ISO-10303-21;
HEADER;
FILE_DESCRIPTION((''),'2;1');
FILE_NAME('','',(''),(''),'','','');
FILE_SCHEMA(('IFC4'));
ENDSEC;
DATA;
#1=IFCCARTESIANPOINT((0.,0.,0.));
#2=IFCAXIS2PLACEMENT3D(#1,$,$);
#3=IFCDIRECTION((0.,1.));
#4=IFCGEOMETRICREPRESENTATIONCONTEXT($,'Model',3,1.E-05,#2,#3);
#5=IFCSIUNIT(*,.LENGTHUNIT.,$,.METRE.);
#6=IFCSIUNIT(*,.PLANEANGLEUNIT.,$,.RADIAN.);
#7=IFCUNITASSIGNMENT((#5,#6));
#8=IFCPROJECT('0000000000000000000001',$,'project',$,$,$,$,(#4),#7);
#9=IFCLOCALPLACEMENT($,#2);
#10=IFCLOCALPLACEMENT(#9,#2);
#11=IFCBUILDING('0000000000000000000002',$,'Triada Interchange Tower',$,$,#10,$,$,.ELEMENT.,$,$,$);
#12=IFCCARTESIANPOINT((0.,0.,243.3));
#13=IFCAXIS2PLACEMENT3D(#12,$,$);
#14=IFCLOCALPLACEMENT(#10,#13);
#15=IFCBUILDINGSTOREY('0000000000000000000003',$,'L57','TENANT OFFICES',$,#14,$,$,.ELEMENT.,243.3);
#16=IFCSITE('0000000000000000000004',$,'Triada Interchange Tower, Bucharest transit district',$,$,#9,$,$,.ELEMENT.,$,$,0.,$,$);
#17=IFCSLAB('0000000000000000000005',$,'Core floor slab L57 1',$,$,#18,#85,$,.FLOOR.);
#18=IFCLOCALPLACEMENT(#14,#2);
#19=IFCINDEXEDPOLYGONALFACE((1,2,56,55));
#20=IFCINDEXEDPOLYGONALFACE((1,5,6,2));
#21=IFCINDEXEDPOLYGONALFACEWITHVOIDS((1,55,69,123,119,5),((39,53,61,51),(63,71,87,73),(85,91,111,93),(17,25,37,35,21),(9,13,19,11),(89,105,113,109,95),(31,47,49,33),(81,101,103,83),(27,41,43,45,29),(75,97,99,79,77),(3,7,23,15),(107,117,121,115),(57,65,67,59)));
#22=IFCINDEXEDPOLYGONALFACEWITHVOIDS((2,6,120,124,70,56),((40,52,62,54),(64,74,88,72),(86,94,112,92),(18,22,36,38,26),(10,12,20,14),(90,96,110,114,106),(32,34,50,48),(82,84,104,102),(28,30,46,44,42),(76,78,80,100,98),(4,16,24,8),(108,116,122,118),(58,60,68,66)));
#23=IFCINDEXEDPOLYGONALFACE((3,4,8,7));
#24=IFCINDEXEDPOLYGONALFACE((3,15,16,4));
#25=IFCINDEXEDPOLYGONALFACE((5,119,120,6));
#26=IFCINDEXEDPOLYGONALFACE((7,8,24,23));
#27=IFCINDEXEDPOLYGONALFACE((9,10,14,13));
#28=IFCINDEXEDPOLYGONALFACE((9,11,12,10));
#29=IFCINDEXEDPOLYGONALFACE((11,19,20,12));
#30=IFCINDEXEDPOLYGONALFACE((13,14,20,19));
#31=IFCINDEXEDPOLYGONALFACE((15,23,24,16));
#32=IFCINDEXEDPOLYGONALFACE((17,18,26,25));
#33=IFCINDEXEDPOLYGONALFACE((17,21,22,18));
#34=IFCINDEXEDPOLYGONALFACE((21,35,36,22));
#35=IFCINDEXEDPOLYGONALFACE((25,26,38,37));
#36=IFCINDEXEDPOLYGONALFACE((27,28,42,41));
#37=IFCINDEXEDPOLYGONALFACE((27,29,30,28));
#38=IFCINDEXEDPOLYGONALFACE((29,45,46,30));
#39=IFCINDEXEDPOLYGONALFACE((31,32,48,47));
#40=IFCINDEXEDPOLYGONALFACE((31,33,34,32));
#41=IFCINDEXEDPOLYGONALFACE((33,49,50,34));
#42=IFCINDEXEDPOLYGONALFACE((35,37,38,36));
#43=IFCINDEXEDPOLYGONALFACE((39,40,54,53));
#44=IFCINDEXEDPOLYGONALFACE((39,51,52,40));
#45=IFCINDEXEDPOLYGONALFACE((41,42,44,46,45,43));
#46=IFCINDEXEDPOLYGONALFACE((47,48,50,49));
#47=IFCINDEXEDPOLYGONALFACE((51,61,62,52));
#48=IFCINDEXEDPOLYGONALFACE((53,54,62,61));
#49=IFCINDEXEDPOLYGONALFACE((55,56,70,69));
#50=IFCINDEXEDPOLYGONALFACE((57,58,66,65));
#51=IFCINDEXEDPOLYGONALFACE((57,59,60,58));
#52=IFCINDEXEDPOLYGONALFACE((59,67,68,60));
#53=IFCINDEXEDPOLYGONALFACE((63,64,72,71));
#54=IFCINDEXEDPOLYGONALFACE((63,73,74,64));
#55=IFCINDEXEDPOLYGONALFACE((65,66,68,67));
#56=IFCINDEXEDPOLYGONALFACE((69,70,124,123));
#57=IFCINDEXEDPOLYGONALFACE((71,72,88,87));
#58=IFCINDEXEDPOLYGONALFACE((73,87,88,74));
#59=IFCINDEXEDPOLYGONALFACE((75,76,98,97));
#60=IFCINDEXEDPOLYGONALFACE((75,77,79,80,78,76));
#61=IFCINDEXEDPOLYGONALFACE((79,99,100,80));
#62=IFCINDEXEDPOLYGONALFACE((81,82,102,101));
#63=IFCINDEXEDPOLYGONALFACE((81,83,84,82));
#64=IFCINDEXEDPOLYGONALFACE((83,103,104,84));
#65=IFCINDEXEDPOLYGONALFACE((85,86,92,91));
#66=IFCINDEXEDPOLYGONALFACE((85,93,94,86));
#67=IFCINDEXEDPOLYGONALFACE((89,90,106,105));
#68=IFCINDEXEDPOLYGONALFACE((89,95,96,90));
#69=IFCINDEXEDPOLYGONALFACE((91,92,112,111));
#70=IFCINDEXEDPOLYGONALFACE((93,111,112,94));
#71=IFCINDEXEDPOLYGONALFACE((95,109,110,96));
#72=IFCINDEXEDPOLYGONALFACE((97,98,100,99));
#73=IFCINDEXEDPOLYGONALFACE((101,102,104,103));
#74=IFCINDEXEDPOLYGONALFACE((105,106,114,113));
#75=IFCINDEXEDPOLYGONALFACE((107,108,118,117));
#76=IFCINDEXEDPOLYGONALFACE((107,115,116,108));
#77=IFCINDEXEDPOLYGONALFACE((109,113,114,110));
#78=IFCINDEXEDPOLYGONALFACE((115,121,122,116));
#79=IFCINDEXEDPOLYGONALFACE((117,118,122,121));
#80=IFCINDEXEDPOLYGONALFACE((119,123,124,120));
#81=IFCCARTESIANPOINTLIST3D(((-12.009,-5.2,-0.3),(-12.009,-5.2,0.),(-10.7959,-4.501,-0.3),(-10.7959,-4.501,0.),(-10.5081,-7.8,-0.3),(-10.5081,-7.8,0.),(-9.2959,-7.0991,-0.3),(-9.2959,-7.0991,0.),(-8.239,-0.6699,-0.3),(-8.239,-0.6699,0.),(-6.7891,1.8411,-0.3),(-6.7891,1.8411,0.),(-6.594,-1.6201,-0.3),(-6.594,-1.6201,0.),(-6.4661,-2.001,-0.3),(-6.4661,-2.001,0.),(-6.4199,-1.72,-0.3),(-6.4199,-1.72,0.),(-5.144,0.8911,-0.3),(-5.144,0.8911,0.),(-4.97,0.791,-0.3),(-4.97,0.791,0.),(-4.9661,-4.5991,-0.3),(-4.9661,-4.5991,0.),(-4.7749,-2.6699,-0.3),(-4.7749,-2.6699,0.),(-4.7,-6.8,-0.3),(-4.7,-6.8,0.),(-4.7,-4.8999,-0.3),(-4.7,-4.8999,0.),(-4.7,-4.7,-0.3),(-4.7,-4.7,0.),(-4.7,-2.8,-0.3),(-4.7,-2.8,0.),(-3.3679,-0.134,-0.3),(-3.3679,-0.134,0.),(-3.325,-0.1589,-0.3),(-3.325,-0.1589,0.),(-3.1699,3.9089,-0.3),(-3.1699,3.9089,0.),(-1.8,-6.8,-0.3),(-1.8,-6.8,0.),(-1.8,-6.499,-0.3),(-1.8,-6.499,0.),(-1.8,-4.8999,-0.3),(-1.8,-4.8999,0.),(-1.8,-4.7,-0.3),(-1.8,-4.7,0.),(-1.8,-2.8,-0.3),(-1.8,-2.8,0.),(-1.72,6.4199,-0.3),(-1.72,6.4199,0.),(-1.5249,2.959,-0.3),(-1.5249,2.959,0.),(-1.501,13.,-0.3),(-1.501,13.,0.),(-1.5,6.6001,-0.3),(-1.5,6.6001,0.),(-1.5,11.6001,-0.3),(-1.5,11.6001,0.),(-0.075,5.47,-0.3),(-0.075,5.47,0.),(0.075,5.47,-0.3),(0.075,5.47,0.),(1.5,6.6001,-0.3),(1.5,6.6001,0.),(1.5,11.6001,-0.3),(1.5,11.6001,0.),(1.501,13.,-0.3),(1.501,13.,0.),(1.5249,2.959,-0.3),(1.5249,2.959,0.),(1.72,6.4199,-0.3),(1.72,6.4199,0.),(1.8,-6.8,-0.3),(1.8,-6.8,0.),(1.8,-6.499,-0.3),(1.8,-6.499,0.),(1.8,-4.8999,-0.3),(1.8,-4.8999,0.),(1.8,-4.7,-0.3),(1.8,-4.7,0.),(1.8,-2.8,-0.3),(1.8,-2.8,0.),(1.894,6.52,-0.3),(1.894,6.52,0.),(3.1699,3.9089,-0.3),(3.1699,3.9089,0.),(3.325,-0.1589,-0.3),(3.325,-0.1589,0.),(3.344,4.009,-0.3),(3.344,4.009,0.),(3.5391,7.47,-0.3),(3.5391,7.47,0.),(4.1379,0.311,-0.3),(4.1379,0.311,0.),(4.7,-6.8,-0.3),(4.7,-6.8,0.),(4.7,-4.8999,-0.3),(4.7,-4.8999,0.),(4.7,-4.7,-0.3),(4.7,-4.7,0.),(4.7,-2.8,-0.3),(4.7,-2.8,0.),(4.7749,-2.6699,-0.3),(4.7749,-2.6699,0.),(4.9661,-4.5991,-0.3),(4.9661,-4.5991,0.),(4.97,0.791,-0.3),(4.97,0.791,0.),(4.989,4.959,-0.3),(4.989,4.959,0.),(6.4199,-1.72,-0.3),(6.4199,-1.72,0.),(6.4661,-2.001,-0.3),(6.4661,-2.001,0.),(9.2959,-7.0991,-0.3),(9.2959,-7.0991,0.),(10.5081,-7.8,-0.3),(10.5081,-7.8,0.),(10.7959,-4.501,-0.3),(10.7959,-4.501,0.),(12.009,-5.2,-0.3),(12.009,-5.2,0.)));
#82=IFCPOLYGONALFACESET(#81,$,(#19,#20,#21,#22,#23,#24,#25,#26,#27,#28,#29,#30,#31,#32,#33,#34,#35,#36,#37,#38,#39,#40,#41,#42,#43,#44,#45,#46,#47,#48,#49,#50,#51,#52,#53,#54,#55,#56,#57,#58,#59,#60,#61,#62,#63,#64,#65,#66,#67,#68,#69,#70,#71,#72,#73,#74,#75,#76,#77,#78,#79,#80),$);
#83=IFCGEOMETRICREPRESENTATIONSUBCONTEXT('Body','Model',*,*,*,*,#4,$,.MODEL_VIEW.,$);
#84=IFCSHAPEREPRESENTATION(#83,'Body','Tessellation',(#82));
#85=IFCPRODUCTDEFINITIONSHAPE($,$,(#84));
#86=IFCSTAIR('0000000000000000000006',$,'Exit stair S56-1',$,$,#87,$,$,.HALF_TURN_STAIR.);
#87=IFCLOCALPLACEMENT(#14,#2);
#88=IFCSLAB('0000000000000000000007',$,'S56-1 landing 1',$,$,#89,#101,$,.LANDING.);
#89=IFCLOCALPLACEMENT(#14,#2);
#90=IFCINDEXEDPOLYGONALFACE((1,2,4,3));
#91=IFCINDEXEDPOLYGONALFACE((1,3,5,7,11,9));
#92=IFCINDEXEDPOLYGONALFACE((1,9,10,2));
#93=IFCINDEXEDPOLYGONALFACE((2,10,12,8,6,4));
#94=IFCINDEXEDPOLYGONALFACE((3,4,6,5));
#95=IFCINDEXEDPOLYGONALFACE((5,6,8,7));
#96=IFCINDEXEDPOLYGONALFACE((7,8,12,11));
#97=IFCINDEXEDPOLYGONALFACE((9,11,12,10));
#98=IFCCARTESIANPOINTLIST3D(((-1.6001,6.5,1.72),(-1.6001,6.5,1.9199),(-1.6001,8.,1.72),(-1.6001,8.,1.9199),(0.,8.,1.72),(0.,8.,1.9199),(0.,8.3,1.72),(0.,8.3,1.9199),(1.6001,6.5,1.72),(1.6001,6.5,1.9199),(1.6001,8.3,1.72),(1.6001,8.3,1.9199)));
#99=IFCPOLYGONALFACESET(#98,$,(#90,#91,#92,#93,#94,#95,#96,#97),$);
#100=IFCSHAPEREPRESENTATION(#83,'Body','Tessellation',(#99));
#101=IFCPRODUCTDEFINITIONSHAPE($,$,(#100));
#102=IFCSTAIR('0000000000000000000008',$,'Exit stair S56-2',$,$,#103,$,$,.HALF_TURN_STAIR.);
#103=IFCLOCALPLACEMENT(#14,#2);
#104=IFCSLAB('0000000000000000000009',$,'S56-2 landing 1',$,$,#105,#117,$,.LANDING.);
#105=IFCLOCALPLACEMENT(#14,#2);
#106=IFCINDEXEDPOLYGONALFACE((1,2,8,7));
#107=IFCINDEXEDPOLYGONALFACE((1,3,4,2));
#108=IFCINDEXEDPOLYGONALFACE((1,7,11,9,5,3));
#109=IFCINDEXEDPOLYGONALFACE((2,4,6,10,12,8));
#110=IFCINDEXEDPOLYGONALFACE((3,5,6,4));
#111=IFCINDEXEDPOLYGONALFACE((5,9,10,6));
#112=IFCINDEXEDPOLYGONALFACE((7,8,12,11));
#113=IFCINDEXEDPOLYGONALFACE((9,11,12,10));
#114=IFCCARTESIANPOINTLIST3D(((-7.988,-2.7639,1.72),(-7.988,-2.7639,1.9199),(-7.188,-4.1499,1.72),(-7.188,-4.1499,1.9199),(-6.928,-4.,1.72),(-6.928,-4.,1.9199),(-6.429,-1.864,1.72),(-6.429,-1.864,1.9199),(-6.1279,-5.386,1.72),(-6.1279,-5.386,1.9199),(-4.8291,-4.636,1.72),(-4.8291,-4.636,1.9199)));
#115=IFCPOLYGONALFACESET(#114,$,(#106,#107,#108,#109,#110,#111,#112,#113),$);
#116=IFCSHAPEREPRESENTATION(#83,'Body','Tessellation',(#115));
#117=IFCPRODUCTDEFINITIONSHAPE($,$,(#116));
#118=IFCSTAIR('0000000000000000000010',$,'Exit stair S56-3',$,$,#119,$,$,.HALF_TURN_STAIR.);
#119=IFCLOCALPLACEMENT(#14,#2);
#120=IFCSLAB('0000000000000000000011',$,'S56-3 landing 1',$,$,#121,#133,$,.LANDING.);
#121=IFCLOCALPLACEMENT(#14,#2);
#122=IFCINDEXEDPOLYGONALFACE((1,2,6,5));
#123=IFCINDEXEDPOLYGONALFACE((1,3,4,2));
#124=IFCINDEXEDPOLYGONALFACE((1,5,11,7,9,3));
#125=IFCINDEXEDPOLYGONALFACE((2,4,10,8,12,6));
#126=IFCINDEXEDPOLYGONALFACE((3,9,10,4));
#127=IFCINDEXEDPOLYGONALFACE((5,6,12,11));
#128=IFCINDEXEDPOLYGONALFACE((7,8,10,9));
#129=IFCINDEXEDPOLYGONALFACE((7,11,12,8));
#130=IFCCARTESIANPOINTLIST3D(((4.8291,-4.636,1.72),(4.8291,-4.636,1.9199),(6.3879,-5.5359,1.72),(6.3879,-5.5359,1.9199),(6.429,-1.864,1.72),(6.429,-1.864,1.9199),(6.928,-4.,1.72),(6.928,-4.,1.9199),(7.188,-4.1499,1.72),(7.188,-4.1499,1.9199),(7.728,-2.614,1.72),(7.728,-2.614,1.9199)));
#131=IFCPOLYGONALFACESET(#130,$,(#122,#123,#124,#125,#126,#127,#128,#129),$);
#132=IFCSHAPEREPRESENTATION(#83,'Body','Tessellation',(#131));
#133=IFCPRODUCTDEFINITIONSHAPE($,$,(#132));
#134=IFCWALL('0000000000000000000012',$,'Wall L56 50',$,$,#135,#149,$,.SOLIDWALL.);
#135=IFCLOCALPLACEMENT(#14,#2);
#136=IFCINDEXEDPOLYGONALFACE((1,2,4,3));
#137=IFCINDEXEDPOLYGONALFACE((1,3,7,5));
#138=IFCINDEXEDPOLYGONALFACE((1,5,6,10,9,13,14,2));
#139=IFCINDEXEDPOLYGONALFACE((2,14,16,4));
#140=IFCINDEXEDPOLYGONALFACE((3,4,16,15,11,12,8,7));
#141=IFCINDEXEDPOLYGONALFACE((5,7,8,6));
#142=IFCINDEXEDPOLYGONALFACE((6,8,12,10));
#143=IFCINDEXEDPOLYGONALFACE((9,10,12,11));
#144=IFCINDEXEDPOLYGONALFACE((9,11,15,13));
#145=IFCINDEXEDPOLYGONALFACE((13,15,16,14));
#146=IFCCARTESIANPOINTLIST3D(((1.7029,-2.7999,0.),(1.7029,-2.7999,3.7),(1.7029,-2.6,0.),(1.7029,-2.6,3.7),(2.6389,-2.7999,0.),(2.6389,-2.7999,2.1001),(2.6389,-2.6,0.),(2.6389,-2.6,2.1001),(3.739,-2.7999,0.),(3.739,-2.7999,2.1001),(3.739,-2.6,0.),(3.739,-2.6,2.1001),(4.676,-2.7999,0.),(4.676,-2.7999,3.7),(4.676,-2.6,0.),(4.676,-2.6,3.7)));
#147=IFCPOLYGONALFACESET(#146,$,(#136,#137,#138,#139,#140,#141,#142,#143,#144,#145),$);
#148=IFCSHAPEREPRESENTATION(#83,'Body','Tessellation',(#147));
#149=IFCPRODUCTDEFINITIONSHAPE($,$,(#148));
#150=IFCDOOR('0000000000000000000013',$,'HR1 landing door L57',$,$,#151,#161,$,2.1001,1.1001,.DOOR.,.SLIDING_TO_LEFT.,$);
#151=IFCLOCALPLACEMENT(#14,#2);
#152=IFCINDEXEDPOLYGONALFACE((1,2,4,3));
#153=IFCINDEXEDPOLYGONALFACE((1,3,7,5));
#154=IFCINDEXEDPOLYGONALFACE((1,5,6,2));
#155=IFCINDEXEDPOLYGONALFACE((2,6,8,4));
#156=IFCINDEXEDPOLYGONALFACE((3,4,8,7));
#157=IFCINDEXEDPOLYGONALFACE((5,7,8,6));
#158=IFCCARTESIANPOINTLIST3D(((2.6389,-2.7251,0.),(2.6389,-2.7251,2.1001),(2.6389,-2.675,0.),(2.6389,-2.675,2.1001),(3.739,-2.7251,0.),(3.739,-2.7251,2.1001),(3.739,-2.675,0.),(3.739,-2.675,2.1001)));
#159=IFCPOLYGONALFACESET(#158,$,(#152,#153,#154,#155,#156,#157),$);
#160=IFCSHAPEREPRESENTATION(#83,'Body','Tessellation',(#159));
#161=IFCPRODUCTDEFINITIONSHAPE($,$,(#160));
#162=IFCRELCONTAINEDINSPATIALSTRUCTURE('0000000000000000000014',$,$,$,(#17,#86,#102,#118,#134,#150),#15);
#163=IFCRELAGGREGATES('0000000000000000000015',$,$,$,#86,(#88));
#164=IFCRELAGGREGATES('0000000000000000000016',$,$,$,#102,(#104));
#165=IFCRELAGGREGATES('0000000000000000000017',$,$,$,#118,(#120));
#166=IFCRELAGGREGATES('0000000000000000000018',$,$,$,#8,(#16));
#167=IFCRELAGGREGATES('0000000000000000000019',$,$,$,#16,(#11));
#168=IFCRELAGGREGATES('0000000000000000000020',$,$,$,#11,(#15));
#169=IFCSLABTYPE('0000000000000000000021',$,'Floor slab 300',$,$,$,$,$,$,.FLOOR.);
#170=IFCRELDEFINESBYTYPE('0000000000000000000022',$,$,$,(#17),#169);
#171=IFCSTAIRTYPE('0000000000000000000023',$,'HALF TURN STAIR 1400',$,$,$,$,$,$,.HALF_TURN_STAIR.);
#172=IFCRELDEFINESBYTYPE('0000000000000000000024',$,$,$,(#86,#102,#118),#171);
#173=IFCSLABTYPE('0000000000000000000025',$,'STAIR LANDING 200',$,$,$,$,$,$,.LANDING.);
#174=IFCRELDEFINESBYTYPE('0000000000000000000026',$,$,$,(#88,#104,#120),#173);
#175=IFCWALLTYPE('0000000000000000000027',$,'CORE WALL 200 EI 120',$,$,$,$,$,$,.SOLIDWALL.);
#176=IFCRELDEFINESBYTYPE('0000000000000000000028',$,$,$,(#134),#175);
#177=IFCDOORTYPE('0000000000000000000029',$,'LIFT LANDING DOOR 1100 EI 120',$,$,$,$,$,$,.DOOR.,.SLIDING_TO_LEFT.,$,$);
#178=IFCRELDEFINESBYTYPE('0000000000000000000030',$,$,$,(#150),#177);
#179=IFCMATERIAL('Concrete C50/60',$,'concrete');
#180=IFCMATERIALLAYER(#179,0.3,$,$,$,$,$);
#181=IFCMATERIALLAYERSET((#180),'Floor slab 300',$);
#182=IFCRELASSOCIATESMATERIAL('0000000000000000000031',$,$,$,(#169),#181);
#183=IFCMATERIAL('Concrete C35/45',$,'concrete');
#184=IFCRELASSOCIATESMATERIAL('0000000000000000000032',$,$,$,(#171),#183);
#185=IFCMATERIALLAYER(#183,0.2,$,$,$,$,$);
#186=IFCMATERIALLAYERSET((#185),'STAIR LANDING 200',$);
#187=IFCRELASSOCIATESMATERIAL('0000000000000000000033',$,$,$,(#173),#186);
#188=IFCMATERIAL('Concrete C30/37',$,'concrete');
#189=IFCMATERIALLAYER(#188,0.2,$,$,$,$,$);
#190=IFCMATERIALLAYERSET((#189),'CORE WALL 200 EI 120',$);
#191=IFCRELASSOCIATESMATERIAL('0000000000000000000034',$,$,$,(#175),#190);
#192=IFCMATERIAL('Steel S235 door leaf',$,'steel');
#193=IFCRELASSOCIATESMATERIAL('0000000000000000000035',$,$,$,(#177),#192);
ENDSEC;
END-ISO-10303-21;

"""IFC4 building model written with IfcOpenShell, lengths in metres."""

from ifc_helpers import new_model, si_unit, direction, frame, frame_2d, origin, place, context, subcontext, project, spatial, polyline, rectangle, outline, extrude, material, layer, layer_set, type_object, element, fill, aggregate, save


model = new_model("IFC4")

# Units and contexts
model_context = context("Model", 3, precision=1e-05, world=origin(), true_north=direction((0.0, 1.0)))
body_context = subcontext(model_context, "Body", "Model", "MODEL_VIEW")
ifc_project = project(units=[si_unit("LENGTHUNIT", "METRE"), si_unit("PLANEANGLEUNIT", "RADIAN")], contexts=[model_context])

# Site, building, storey
site_placement = place(None, origin())
site = spatial("IfcSite", under=ifc_project, at=site_placement, Name="Triada Interchange Tower, Bucharest transit district", CompositionType="ELEMENT", RefElevation=0.0)
building_placement = place(site_placement, origin())
building = spatial("IfcBuilding", under=site, at=building_placement, Name="Triada Interchange Tower", CompositionType="ELEMENT")
storey_placement = place(building_placement, frame((0.0, 0.0, 243.3)))
storey = spatial("IfcBuildingStorey", under=building, at=storey_placement, Name="L57", Description="TENANT OFFICES", CompositionType="ELEMENT", Elevation=243.3)

# Slab
ifc_material_1 = material(Name="Concrete C50/60", Category="concrete")
ifc_layer_1 = layer(ifc_material_1, 0.3)
ifc_layer_set_1 = layer_set([ifc_layer_1], Name="Floor slab 300")
slab_type_1 = type_object("IfcSlabType", Name="Floor slab 300", PredefinedType="FLOOR", material=ifc_layer_set_1)
slab_1_placement = place(storey_placement, frame((0.0, 0.0, -0.3)))
element("IfcSlab", 1, at=slab_1_placement, inside=storey, type_object=slab_type_1, Name="Core floor slab L57 1", PredefinedType="FLOOR", context=body_context, shape_type="SweptSolid", body=[
    extrude(outline(polyline([(12.009, -5.2), (10.5081, -7.8), (-10.5081, -7.8), (-12.009, -5.2), (-1.501, 13.0), (1.501, 13.0), (12.009, -5.2)]), holes=[polyline([(9.2959, -7.0991), (10.7959, -4.501), (6.4661, -2.001), (4.9661, -4.5991), (9.2959, -7.0991)]), polyline([(4.7749, -2.6699), (6.4199, -1.72), (4.97, 0.791), (4.1379, 0.311), (3.325, -0.1589), (4.7749, -2.6699)]), polyline([(1.894, 6.52), (3.344, 4.009), (4.989, 4.959), (3.5391, 7.47), (1.894, 6.52)]), polyline([(1.8, -4.8999), (1.8, -6.499), (1.8, -6.8), (4.7, -6.8), (4.7, -4.8999), (1.8, -4.8999)]), polyline([(4.7, -2.8), (1.8, -2.8), (1.8, -4.7), (4.7, -4.7), (4.7, -2.8)]), polyline([(0.075, 5.47), (1.5249, 2.959), (3.1699, 3.9089), (1.72, 6.4199), (0.075, 5.47)]), polyline([(-1.5, 11.6001), (-1.5, 6.6001), (1.5, 6.6001), (1.5, 11.6001), (-1.5, 11.6001)]), polyline([(-1.5249, 2.959), (-0.075, 5.47), (-1.72, 6.4199), (-3.1699, 3.9089), (-1.5249, 2.959)]), polyline([(-1.8, -2.8), (-4.7, -2.8), (-4.7, -4.7), (-1.8, -4.7), (-1.8, -2.8)]), polyline([(-4.7, -6.8), (-1.8, -6.8), (-1.8, -6.499), (-1.8, -4.8999), (-4.7, -4.8999), (-4.7, -6.8)]), polyline([(-3.3679, -0.134), (-4.97, 0.791), (-6.4199, -1.72), (-4.7749, -2.6699), (-3.325, -0.1589), (-3.3679, -0.134)]), polyline([(-10.7959, -4.501), (-9.2959, -7.0991), (-4.9661, -4.5991), (-6.4661, -2.001), (-10.7959, -4.501)]), polyline([(-6.594, -1.6201), (-5.144, 0.8911), (-6.7891, 1.8411), (-8.239, -0.6699), (-6.594, -1.6201)])]), origin(), (0.0, 0.0, 1.0), 0.3),
])

# Stairs, slabs
ifc_material_2 = material(Name="Concrete C35/45", Category="concrete")
stair_type = type_object("IfcStairType", Name="HALF TURN STAIR 1400", PredefinedType="HALF_TURN_STAIR", material=ifc_material_2)
stair_1_placement = place(storey_placement, origin())
stair_1 = element("IfcStair", 2, at=stair_1_placement, inside=storey, type_object=stair_type, Name="Exit stair S56-1", PredefinedType="HALF_TURN_STAIR")
ifc_layer_2 = layer(ifc_material_2, 0.2)
ifc_layer_set_2 = layer_set([ifc_layer_2], Name="STAIR LANDING 200")
slab_type_2 = type_object("IfcSlabType", Name="STAIR LANDING 200", PredefinedType="LANDING", material=ifc_layer_set_2)
slab_2_placement = place(storey_placement, frame((0.0, 0.0, 1.72)))
slab_2 = element("IfcSlab", 3, at=slab_2_placement, type_object=slab_type_2, Name="S56-1 landing 1", PredefinedType="LANDING", context=body_context, shape_type="SweptSolid", body=[
    extrude(outline(polyline([(1.6001, 6.5), (1.6001, 8.3), (0.0, 8.3), (0.0, 8.0), (-1.6001, 8.0), (-1.6001, 6.5), (1.6001, 6.5)])), origin(), (0.0, 0.0, 1.0), 0.2),
])
aggregate(stair_1, [slab_2])
stair_2_placement = place(storey_placement, origin())
stair_2 = element("IfcStair", 4, at=stair_2_placement, inside=storey, type_object=stair_type, Name="Exit stair S56-2", PredefinedType="HALF_TURN_STAIR")
slab_3_placement = place(storey_placement, frame((0.0, 0.0, 1.72)))
slab_3 = element("IfcSlab", 5, at=slab_3_placement, type_object=slab_type_2, Name="S56-2 landing 1", PredefinedType="LANDING", context=body_context, shape_type="SweptSolid", body=[
    extrude(outline(polyline([(-6.429, -1.864), (-7.988, -2.7639), (-7.188, -4.1499), (-6.928, -4.0), (-6.1279, -5.386), (-4.8291, -4.636), (-6.429, -1.864)])), origin(), (0.0, 0.0, 1.0), 0.2),
])
aggregate(stair_2, [slab_3])
stair_3_placement = place(storey_placement, origin())
stair_3 = element("IfcStair", 6, at=stair_3_placement, inside=storey, type_object=stair_type, Name="Exit stair S56-3", PredefinedType="HALF_TURN_STAIR")
slab_4_placement = place(storey_placement, frame((0.0, 0.0, 1.72)))
slab_4 = element("IfcSlab", 7, at=slab_4_placement, type_object=slab_type_2, Name="S56-3 landing 1", PredefinedType="LANDING", context=body_context, shape_type="SweptSolid", body=[
    extrude(outline(polyline([(4.8291, -4.636), (6.3879, -5.5359), (7.188, -4.1499), (6.928, -4.0), (7.728, -2.614), (6.429, -1.864), (4.8291, -4.636)])), origin(), (0.0, 0.0, 1.0), 0.2),
])
aggregate(stair_3, [slab_4])

# Wall, opening, door
ifc_material_3 = material(Name="Concrete C30/37", Category="concrete")
ifc_layer_3 = layer(ifc_material_3, 0.2)
ifc_layer_set_3 = layer_set([ifc_layer_3], Name="CORE WALL 200 EI 120")
wall_type_1 = type_object("IfcWallType", Name="CORE WALL 200 EI 120", PredefinedType="SOLIDWALL", material=ifc_layer_set_3)
wall_1_placement = place(storey_placement, frame((1.7029, -2.7, 0.0), z_axis=(0.0, 0.0, 1.0), x_axis=(1.0, 0.0, 0.0)))
wall_1 = element("IfcWall", 8, at=wall_1_placement, inside=storey, type_object=wall_type_1, Name="Wall L56 50", PredefinedType="SOLIDWALL", context=body_context, shape_type="SweptSolid", body=[
    extrude(rectangle(XDim=2.9731, YDim=0.2, at=frame_2d((1.4866, 0.0))), origin(), (0.0, 0.0, 1.0), 3.7),
])
opening_1_placement = place(wall_1_placement, frame((0.936, 0.0, 0.0)))
opening_1 = element("IfcOpeningElement", 9, at=opening_1_placement, cuts=wall_1, PredefinedType="OPENING", context=body_context, shape_type="SweptSolid", body=[
    extrude(rectangle(XDim=1.1001, YDim=2.1001, at=frame_2d((0.55, 1.05))), frame((0.0, 0.1099, 0.0), z_axis=(0.0, -1.0, 0.0), x_axis=(1.0, 0.0, 0.0)), (0.0, 0.0, 1.0), 0.22),
])
ifc_material_4 = material(Name="Steel S235 door leaf", Category="steel")
door_type_1 = type_object("IfcDoorType", Name="LIFT LANDING DOOR 1100 EI 120", OperationType="SLIDING_TO_LEFT", PredefinedType="DOOR", material=ifc_material_4)
door_1_placement = place(opening_1_placement, origin())
door_1 = element("IfcDoor", 10, at=door_1_placement, inside=storey, type_object=door_type_1, Name="HR1 landing door L57", OperationType="SLIDING_TO_LEFT", OverallHeight=2.1001, OverallWidth=1.1001, PredefinedType="DOOR", context=body_context, shape_type="SweptSolid", body=[
    extrude(rectangle(XDim=1.1001, YDim=2.1001, at=frame_2d((0.55, 1.05))), frame((0.0, 0.0249, 0.0), z_axis=(0.0, -1.0, 0.0), x_axis=(1.0, 0.0, 0.0)), (0.0, 0.0, 1.0), 0.05),
])
fill(opening_1, door_1)

save(model, "model.ifc")
